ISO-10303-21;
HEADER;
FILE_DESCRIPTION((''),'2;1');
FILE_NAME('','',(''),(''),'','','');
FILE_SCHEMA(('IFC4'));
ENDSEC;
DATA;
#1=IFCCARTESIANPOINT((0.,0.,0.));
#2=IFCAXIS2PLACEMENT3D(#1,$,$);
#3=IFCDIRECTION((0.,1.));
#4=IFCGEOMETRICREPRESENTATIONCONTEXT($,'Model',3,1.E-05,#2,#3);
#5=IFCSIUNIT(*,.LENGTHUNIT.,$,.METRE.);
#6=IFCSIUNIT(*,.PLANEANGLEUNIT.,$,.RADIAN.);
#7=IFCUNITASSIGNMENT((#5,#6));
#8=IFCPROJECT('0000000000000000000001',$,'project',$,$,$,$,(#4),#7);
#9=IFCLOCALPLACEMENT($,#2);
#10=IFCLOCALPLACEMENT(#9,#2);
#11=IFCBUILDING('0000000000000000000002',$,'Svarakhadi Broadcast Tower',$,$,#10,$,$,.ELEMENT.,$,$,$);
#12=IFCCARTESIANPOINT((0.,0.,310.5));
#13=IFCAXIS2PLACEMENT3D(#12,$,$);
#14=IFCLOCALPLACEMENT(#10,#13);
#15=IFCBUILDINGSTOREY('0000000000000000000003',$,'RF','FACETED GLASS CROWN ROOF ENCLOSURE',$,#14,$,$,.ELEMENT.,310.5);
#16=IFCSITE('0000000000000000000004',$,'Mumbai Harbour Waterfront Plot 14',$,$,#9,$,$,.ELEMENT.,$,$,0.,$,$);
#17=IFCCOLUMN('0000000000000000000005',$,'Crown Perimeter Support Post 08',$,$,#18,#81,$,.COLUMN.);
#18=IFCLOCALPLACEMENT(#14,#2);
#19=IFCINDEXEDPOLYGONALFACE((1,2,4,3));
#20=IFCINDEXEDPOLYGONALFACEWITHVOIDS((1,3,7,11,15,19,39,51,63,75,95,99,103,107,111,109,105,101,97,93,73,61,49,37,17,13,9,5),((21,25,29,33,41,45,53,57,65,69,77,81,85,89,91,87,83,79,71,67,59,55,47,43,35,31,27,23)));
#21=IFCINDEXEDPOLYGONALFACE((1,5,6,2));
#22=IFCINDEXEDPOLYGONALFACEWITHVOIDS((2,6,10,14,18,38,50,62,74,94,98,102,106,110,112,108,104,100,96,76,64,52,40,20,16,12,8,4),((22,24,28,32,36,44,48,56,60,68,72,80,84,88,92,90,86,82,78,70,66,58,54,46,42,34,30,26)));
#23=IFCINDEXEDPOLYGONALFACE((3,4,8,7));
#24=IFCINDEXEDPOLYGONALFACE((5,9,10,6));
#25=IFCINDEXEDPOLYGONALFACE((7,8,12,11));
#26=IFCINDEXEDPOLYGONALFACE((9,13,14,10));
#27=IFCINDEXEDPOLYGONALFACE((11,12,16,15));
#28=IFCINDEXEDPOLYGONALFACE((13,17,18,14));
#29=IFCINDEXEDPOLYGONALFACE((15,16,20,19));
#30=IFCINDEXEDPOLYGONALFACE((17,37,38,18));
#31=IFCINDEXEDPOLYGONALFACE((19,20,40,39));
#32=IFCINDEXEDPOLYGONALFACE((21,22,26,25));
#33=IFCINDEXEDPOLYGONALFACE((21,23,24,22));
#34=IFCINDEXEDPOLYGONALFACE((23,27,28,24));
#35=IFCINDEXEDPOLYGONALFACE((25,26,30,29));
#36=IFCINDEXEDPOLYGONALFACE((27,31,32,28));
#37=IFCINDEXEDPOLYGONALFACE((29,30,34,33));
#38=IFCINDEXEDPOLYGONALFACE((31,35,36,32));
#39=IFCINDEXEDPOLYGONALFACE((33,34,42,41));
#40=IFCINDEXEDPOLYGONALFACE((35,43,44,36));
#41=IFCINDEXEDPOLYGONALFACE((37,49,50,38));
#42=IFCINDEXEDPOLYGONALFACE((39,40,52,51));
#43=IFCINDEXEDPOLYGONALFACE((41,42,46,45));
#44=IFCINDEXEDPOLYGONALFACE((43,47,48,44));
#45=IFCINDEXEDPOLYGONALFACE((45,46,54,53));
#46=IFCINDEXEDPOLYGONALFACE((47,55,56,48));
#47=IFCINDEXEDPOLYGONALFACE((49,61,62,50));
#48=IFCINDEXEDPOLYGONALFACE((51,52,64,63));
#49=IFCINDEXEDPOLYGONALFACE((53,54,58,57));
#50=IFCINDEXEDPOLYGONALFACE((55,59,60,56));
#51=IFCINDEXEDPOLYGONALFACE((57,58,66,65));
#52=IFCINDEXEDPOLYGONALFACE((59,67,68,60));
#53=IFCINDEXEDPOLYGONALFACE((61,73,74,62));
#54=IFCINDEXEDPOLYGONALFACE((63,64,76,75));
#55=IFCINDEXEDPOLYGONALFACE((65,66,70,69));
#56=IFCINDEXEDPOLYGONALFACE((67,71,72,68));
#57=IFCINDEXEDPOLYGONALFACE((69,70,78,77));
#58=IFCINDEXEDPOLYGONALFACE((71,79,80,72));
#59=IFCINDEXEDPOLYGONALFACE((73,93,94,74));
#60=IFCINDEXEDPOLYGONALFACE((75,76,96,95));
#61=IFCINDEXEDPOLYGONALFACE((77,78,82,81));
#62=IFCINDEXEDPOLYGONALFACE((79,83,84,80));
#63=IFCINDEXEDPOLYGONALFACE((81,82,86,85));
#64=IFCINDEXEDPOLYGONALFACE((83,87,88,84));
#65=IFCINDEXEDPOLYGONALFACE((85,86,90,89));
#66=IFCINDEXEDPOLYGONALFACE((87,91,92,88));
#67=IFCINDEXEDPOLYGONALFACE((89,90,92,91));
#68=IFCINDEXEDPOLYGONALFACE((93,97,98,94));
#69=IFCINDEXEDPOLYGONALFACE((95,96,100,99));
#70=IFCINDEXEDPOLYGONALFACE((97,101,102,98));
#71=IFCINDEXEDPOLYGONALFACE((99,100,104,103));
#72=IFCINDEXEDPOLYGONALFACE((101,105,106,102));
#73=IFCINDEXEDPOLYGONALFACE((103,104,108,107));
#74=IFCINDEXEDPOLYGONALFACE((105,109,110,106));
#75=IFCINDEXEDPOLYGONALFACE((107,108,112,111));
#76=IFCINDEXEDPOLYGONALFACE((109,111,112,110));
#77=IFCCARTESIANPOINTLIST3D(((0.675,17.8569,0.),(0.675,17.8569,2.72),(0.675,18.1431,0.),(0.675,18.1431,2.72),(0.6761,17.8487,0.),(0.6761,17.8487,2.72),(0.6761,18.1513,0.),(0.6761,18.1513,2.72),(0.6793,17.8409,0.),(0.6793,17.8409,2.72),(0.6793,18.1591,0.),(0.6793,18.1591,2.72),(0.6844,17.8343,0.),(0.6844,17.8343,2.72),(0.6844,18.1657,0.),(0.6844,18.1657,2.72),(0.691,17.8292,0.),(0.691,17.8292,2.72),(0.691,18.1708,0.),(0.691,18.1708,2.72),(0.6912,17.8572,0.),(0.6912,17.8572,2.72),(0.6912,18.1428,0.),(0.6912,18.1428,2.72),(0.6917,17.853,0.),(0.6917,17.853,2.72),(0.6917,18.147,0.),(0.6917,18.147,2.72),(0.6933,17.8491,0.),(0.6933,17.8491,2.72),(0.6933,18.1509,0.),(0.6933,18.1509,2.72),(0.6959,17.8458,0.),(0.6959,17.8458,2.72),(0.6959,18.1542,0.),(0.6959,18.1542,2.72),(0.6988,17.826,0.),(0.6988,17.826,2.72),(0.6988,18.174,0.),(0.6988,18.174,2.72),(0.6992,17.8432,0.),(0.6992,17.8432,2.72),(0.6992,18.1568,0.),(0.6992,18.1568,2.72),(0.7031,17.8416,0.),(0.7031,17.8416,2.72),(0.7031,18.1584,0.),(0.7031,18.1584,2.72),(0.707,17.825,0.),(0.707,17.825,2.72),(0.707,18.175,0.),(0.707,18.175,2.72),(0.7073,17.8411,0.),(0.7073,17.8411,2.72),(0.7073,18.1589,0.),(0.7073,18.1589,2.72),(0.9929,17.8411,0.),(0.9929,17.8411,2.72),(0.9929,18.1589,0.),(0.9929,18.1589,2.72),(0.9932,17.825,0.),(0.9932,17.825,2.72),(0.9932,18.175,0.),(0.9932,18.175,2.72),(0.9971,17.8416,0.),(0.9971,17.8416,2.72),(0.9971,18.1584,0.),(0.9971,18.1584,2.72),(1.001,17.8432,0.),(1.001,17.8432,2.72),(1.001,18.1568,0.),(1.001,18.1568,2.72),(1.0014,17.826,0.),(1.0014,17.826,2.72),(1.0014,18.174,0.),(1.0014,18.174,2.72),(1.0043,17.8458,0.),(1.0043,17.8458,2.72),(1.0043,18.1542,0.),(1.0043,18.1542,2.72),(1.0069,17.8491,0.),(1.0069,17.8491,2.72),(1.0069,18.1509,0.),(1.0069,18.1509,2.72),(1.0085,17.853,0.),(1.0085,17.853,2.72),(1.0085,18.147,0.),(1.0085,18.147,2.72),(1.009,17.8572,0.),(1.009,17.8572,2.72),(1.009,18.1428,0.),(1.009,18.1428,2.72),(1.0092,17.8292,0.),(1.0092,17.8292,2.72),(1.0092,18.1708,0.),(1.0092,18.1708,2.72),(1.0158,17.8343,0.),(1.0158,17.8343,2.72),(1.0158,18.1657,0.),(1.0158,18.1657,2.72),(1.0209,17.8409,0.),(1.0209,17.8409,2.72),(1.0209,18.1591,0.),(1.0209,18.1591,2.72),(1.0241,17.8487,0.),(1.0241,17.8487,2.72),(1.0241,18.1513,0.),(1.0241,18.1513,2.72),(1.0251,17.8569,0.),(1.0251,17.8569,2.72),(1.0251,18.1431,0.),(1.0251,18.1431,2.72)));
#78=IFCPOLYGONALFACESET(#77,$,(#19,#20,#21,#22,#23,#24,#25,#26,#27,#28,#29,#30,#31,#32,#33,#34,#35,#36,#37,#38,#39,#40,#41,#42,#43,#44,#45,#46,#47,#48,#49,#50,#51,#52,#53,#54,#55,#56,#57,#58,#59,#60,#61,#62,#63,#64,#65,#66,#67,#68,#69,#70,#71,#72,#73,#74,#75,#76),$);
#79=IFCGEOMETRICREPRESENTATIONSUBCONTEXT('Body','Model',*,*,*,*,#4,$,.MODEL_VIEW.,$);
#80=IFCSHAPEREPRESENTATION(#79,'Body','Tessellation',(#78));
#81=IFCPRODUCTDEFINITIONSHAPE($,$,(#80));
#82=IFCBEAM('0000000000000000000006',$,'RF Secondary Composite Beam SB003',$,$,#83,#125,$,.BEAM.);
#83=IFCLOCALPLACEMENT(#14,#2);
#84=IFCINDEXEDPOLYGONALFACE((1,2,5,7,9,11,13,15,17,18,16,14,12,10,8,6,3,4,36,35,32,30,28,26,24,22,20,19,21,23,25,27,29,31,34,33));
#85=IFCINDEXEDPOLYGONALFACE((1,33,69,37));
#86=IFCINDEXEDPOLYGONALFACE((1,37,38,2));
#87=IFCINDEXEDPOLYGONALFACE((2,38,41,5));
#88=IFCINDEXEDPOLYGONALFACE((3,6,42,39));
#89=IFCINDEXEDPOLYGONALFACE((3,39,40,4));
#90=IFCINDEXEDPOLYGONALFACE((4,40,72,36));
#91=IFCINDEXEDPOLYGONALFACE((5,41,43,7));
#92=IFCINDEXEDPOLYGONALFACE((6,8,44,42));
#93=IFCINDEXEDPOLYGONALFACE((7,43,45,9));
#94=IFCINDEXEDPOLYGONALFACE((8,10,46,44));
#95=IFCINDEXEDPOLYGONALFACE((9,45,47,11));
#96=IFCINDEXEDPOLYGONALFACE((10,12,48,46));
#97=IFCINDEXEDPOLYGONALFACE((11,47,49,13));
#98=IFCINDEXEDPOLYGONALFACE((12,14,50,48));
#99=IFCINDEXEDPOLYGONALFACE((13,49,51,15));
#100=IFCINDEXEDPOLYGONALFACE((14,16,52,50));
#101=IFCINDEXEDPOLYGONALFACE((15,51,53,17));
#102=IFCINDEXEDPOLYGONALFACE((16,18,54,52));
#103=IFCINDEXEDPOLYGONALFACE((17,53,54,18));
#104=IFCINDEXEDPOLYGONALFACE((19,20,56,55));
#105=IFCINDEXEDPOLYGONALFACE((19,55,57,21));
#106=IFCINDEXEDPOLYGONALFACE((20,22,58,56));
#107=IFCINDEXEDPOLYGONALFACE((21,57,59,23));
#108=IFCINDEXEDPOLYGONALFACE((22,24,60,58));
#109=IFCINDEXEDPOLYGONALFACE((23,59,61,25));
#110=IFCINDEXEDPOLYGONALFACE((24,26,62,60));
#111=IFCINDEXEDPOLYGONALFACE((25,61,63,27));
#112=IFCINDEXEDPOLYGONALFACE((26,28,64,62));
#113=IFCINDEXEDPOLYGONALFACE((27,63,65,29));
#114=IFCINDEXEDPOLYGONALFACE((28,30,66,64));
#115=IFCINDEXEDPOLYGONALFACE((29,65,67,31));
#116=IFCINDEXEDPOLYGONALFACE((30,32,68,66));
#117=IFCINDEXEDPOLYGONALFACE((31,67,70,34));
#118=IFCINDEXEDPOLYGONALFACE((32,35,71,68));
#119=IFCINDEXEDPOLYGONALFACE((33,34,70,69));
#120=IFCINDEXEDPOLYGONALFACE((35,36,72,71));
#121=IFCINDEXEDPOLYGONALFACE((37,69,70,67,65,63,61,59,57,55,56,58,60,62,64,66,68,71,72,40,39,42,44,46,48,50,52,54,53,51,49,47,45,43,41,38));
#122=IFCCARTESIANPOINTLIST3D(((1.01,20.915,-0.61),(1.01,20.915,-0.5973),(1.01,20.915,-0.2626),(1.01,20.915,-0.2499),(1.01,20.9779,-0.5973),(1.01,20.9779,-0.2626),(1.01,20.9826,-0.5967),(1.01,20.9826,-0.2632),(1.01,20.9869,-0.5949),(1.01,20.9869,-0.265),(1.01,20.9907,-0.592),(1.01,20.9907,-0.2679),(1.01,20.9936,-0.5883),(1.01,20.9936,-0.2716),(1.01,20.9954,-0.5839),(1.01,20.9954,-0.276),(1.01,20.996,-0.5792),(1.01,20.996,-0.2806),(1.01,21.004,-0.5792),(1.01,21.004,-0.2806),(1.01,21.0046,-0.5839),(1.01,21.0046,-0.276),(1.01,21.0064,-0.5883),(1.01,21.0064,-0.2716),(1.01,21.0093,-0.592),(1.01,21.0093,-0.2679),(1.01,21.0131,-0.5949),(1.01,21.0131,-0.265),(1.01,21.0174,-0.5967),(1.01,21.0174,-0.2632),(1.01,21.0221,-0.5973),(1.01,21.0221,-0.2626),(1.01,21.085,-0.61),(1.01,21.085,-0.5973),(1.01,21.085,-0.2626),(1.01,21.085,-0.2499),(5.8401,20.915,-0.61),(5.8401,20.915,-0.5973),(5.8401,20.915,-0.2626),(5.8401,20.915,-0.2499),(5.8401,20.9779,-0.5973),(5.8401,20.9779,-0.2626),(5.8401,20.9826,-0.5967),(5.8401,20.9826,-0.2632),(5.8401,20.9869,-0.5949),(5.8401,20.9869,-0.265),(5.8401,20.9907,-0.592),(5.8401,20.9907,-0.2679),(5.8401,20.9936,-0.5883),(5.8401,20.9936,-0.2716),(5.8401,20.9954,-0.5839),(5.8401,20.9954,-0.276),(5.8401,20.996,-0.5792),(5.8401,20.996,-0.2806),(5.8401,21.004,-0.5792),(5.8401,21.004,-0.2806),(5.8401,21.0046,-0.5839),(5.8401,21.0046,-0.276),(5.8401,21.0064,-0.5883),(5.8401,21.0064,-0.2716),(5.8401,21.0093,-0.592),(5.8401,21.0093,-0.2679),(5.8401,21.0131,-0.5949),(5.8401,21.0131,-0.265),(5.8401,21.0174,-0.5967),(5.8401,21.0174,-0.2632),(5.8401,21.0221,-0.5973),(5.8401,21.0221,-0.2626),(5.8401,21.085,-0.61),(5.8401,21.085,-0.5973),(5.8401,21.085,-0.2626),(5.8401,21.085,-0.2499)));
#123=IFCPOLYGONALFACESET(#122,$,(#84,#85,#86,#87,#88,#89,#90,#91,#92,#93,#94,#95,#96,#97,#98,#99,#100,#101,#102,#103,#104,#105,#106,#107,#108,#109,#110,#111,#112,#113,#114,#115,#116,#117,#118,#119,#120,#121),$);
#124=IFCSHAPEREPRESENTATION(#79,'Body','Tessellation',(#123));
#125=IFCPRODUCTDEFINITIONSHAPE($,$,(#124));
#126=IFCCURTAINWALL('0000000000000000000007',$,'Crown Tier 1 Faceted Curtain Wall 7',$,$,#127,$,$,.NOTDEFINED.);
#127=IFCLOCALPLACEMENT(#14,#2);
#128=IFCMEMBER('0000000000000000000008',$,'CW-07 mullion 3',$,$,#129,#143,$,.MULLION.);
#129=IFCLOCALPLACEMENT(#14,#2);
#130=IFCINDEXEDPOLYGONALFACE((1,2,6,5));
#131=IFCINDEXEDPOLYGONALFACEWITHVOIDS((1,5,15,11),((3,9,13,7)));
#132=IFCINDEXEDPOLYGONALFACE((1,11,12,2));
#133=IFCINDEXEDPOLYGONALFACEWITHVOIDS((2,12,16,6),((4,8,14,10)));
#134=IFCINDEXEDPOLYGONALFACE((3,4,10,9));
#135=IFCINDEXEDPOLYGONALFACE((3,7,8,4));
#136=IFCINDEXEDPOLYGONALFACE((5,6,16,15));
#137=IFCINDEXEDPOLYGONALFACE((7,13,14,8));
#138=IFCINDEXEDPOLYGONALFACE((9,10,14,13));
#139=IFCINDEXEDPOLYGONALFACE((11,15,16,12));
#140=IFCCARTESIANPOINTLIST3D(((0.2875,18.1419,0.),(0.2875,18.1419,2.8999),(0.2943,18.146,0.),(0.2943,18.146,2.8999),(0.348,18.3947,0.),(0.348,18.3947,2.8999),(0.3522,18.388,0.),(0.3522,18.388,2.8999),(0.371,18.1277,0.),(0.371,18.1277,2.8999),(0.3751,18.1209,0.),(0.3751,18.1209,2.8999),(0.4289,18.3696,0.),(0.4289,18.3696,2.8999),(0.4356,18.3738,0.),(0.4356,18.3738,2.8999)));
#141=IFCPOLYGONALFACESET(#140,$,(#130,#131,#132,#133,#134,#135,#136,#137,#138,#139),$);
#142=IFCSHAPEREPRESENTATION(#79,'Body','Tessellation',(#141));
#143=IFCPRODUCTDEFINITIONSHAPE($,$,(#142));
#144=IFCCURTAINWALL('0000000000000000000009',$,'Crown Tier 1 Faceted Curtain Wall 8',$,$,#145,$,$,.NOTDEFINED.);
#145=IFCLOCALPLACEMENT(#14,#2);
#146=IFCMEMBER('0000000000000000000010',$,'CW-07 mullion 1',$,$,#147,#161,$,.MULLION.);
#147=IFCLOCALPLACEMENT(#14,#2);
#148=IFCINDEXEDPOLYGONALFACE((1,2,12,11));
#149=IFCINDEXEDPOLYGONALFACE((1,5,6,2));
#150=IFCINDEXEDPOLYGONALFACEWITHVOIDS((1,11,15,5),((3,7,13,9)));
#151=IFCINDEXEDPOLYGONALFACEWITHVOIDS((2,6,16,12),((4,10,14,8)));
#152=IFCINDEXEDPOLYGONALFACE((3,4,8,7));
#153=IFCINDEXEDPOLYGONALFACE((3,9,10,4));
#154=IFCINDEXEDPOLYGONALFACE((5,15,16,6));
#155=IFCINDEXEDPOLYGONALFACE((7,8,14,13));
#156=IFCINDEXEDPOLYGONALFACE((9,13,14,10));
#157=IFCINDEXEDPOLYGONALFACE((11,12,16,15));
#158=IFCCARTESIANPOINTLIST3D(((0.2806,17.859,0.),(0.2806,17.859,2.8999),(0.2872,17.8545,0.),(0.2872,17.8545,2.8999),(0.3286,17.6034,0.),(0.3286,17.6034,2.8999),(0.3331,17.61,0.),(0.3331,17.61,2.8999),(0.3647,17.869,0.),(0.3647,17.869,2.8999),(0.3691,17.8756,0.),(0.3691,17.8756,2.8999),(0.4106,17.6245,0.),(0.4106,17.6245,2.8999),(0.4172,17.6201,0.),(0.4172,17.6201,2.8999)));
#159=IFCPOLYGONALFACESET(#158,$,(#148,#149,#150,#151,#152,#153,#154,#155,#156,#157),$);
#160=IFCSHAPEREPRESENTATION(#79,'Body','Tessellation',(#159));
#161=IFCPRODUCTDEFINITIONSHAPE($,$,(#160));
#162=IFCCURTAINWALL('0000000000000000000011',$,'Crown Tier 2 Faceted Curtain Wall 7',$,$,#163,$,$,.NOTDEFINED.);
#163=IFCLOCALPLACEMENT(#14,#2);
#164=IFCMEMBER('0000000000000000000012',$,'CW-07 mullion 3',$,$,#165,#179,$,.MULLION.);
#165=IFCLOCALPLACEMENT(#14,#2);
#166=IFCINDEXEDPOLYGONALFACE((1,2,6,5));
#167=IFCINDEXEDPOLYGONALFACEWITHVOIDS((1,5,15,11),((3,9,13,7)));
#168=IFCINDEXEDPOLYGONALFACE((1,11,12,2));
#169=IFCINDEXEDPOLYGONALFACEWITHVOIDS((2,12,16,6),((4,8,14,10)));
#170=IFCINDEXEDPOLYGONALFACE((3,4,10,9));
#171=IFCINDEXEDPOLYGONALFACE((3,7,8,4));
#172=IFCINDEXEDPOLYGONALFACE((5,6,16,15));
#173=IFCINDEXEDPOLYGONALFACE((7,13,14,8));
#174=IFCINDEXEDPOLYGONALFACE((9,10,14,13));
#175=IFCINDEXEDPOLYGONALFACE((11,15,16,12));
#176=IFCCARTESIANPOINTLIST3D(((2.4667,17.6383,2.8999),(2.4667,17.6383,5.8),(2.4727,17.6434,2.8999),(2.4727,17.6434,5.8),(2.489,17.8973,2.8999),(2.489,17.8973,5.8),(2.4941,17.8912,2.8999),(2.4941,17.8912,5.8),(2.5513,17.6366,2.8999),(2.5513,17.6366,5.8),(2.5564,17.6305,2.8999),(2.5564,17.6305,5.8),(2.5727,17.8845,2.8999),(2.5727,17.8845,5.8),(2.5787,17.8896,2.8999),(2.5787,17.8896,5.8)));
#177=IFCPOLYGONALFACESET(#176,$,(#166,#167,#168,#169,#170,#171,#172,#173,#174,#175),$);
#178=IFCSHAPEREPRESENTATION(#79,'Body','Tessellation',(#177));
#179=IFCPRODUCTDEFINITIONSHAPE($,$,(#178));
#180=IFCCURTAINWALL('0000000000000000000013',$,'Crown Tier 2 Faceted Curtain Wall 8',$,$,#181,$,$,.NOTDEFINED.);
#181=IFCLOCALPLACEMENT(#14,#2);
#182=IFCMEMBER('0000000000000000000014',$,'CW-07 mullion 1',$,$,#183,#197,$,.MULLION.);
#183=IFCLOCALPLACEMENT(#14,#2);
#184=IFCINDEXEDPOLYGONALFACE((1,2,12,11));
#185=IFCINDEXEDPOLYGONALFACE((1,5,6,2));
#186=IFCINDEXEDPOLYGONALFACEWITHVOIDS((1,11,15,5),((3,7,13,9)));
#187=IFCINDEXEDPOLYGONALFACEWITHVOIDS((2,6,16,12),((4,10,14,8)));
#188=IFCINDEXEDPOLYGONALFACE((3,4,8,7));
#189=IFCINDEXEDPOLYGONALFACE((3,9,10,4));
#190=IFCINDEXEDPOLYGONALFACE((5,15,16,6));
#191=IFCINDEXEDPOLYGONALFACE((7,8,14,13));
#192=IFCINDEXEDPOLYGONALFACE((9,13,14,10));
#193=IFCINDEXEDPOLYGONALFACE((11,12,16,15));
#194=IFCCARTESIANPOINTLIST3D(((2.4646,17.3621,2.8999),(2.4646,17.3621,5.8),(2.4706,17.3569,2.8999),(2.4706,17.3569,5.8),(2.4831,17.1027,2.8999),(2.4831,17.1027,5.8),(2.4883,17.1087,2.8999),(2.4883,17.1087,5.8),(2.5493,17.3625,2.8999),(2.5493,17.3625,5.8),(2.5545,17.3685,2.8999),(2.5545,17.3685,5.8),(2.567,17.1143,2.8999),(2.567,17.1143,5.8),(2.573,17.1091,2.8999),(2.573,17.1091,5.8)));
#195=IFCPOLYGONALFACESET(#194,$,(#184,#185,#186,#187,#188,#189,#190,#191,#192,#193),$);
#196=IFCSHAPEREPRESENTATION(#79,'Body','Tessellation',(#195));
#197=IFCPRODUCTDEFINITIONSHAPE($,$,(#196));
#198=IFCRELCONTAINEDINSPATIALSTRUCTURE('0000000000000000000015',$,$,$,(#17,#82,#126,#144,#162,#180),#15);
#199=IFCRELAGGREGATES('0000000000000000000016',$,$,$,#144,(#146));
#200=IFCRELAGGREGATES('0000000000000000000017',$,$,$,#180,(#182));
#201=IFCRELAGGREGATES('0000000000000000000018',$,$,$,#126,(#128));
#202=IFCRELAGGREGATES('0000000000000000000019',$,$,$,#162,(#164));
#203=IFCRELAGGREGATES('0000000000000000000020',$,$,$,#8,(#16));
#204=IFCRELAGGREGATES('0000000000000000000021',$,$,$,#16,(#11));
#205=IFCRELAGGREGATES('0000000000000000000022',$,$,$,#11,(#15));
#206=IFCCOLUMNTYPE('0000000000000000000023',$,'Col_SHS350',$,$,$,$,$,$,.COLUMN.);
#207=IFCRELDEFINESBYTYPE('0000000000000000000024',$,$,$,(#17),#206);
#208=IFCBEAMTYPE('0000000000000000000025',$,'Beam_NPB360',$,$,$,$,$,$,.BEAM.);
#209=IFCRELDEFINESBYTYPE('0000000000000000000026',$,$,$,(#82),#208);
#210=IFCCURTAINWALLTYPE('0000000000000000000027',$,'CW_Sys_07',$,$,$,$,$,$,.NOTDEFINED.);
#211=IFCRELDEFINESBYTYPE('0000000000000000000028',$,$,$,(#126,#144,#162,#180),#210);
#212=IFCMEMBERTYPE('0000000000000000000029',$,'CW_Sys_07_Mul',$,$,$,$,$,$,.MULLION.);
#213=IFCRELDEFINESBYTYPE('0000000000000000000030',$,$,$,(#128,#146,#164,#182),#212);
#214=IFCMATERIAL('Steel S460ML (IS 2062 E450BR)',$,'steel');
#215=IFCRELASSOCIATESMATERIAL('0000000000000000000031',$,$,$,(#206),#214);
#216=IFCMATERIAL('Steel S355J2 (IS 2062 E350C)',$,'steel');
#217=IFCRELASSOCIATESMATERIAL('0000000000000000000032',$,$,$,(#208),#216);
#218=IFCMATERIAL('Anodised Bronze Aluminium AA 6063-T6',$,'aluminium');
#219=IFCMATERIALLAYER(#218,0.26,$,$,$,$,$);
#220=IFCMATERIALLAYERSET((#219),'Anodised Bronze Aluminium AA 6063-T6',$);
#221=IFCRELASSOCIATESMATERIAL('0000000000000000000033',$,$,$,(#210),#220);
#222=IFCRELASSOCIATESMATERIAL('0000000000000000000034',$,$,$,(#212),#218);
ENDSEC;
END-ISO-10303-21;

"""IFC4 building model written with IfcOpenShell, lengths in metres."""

from ifc_helpers import new_model, si_unit, direction, frame, origin, origin_2d, place, context, subcontext, project, spatial, hollow_rectangle, i_section, extrude, material, layer, layer_set, material_profile, profile_set, type_object, element, aggregate, save


model = new_model("IFC4")

# Units and contexts
model_context = context("Model", 3, precision=1e-05, world=origin(), true_north=direction((0.0, 1.0)))
body_context = subcontext(model_context, "Body", "Model", "MODEL_VIEW")
ifc_project = project(units=[si_unit("LENGTHUNIT", "METRE"), si_unit("PLANEANGLEUNIT", "RADIAN")], contexts=[model_context])

# Site, building, storey
site_placement = place(None, origin())
site = spatial("IfcSite", under=ifc_project, at=site_placement, Name="Mumbai Harbour Waterfront Plot 14", CompositionType="ELEMENT", RefElevation=0.0)
building_placement = place(site_placement, origin())
building = spatial("IfcBuilding", under=site, at=building_placement, Name="Svarakhadi Broadcast Tower", CompositionType="ELEMENT")
storey_placement = place(building_placement, frame((0.0, 0.0, 310.5)))
storey = spatial("IfcBuildingStorey", under=building, at=storey_placement, Name="RF", Description="FACETED GLASS CROWN ROOF ENCLOSURE", CompositionType="ELEMENT", Elevation=310.5)

# Column
ifc_material_1 = material(Name="Steel S460ML (IS 2062 E450BR)", Category="steel")
ifc_material_profile_1 = material_profile(ifc_material_1, hollow_rectangle(XDim=0.3501, YDim=0.3501, WallThickness=0.0161, InnerFilletRadius=0.0161, OuterFilletRadius=0.032, at=origin_2d()), Name="SHS 350x350x16")
ifc_profile_set_1 = profile_set([ifc_material_profile_1], Name="Steel S460ML (IS 2062 E450BR)")
column_type = type_object("IfcColumnType", Name="Col_SHS350", PredefinedType="COLUMN", material=ifc_profile_set_1)
column_placement = place(storey_placement, frame((0.8501, 18.0, 0.0), z_axis=(0.0, 0.0, 1.0), x_axis=(1.0, 0.0, 0.0)))
element("IfcColumn", 1, at=column_placement, inside=storey, type_object=column_type, Name="Crown Perimeter Support Post 08", PredefinedType="COLUMN", context=body_context, shape_type="SweptSolid", body=[
    extrude(hollow_rectangle(XDim=0.3501, YDim=0.3501, WallThickness=0.0161, InnerFilletRadius=0.0161, OuterFilletRadius=0.032, at=origin_2d()), origin(), (0.0, 0.0, 1.0), 2.72),
])

# Beam
ifc_material_2 = material(Name="Steel S355J2 (IS 2062 E350C)", Category="steel")
ifc_material_profile_2 = material_profile(ifc_material_2, i_section(OverallWidth=0.1699, OverallDepth=0.3601, WebThickness=0.0081, FlangeThickness=0.0127, FilletRadius=0.0181, at=origin_2d()), Name="NPB 360x170x57")
ifc_profile_set_2 = profile_set([ifc_material_profile_2], Name="Steel S355J2 (IS 2062 E350C)")
beam_type_1 = type_object("IfcBeamType", Name="Beam_NPB360", PredefinedType="BEAM", material=ifc_profile_set_2)
beam_1_placement = place(storey_placement, frame((1.01, 21.0, -0.4299), z_axis=(1.0, 0.0, 0.0), x_axis=(0.0, 1.0, 0.0)))
element("IfcBeam", 2, at=beam_1_placement, inside=storey, type_object=beam_type_1, Name="RF Secondary Composite Beam SB003", PredefinedType="BEAM", context=body_context, shape_type="SweptSolid", body=[
    extrude(i_section(OverallWidth=0.1699, OverallDepth=0.3601, WebThickness=0.0081, FlangeThickness=0.0127, FilletRadius=0.0181, at=origin_2d()), origin(), (0.0, 0.0, 1.0), 4.8301),
])

# Curtain walls, members
ifc_material_3 = material(Name="Anodised Bronze Aluminium AA 6063-T6", Category="aluminium")
ifc_layer_1 = layer(ifc_material_3, 0.26)
ifc_layer_set_1 = layer_set([ifc_layer_1], Name="Anodised Bronze Aluminium AA 6063-T6")
curtain_wall_type = type_object("IfcCurtainWallType", Name="CW_Sys_07", PredefinedType="NOTDEFINED", material=ifc_layer_set_1)
curtain_wall_1_placement = place(storey_placement, origin())
curtain_wall_1 = element("IfcCurtainWall", 3, at=curtain_wall_1_placement, inside=storey, type_object=curtain_wall_type, Name="Crown Tier 1 Faceted Curtain Wall 7", PredefinedType="NOTDEFINED")
ifc_material_profile_3 = material_profile(ifc_material_3, hollow_rectangle(XDim=0.0901, YDim=0.26, WallThickness=0.0056, at=origin_2d()), Name="ALU MULLION 260x90x6")
ifc_profile_set_3 = profile_set([ifc_material_profile_3], Name="Anodised Bronze Aluminium AA 6063-T6")
member_type_1 = type_object("IfcMemberType", Name="CW_Sys_07_Mul", PredefinedType="MULLION", material=ifc_profile_set_3)
member_1_placement = place(storey_placement, frame((0.3616, 18.2578, 0.0), z_axis=(0.0, 0.0, 1.0), x_axis=(0.972537, -0.232746, 0.0)))
member_1 = element("IfcMember", 4, at=member_1_placement, type_object=member_type_1, Name="CW-07 mullion 3", PredefinedType="MULLION", context=body_context, shape_type="SweptSolid", body=[
    extrude(hollow_rectangle(XDim=0.0901, YDim=0.26, WallThickness=0.0056, at=origin_2d()), origin(), (0.0, 0.0, 1.0), 2.8999),
])
curtain_wall_2_placement = place(storey_placement, origin())
curtain_wall_2 = element("IfcCurtainWall", 5, at=curtain_wall_2_placement, inside=storey, type_object=curtain_wall_type, Name="Crown Tier 1 Faceted Curtain Wall 8", PredefinedType="NOTDEFINED")
member_2_placement = place(storey_placement, frame((0.3489, 17.7395, 0.0), z_axis=(0.0, 0.0, 1.0), x_axis=(0.982797, 0.18469, 0.0)))
member_2 = element("IfcMember", 6, at=member_2_placement, type_object=member_type_1, Name="CW-07 mullion 1", PredefinedType="MULLION", context=body_context, shape_type="SweptSolid", body=[
    extrude(hollow_rectangle(XDim=0.0901, YDim=0.26, WallThickness=0.0056, at=origin_2d()), origin(), (0.0, 0.0, 1.0), 2.8999),
])
curtain_wall_3_placement = place(storey_placement, origin())
curtain_wall_3 = element("IfcCurtainWall", 7, at=curtain_wall_3_placement, inside=storey, type_object=curtain_wall_type, Name="Crown Tier 2 Faceted Curtain Wall 7", PredefinedType="NOTDEFINED")
member_3_placement = place(storey_placement, frame((2.5227, 17.7639, 2.8999), z_axis=(0.0, 0.0, 1.0), x_axis=(0.996305, -0.085888, 0.0)))
member_3 = element("IfcMember", 8, at=member_3_placement, type_object=member_type_1, Name="CW-07 mullion 3", PredefinedType="MULLION", context=body_context, shape_type="SweptSolid", body=[
    extrude(hollow_rectangle(XDim=0.0901, YDim=0.26, WallThickness=0.0056, at=origin_2d()), origin(), (0.0, 0.0, 1.0), 2.9001),
])
curtain_wall_4_placement = place(storey_placement, origin())
curtain_wall_4 = element("IfcCurtainWall", 9, at=curtain_wall_4_placement, inside=storey, type_object=curtain_wall_type, Name="Crown Tier 2 Faceted Curtain Wall 8", PredefinedType="NOTDEFINED")
member_4_placement = place(storey_placement, frame((2.5188, 17.2356, 2.8999), z_axis=(0.0, 0.0, 1.0), x_axis=(0.997459, 0.071243, 0.0)))
member_4 = element("IfcMember", 10, at=member_4_placement, type_object=member_type_1, Name="CW-07 mullion 1", PredefinedType="MULLION", context=body_context, shape_type="SweptSolid", body=[
    extrude(hollow_rectangle(XDim=0.0901, YDim=0.26, WallThickness=0.0056, at=origin_2d()), origin(), (0.0, 0.0, 1.0), 2.9001),
])

aggregate(curtain_wall_2, [member_2])
aggregate(curtain_wall_4, [member_4])

aggregate(curtain_wall_1, [member_1])
aggregate(curtain_wall_3, [member_3])

save(model, "model.ifc")
